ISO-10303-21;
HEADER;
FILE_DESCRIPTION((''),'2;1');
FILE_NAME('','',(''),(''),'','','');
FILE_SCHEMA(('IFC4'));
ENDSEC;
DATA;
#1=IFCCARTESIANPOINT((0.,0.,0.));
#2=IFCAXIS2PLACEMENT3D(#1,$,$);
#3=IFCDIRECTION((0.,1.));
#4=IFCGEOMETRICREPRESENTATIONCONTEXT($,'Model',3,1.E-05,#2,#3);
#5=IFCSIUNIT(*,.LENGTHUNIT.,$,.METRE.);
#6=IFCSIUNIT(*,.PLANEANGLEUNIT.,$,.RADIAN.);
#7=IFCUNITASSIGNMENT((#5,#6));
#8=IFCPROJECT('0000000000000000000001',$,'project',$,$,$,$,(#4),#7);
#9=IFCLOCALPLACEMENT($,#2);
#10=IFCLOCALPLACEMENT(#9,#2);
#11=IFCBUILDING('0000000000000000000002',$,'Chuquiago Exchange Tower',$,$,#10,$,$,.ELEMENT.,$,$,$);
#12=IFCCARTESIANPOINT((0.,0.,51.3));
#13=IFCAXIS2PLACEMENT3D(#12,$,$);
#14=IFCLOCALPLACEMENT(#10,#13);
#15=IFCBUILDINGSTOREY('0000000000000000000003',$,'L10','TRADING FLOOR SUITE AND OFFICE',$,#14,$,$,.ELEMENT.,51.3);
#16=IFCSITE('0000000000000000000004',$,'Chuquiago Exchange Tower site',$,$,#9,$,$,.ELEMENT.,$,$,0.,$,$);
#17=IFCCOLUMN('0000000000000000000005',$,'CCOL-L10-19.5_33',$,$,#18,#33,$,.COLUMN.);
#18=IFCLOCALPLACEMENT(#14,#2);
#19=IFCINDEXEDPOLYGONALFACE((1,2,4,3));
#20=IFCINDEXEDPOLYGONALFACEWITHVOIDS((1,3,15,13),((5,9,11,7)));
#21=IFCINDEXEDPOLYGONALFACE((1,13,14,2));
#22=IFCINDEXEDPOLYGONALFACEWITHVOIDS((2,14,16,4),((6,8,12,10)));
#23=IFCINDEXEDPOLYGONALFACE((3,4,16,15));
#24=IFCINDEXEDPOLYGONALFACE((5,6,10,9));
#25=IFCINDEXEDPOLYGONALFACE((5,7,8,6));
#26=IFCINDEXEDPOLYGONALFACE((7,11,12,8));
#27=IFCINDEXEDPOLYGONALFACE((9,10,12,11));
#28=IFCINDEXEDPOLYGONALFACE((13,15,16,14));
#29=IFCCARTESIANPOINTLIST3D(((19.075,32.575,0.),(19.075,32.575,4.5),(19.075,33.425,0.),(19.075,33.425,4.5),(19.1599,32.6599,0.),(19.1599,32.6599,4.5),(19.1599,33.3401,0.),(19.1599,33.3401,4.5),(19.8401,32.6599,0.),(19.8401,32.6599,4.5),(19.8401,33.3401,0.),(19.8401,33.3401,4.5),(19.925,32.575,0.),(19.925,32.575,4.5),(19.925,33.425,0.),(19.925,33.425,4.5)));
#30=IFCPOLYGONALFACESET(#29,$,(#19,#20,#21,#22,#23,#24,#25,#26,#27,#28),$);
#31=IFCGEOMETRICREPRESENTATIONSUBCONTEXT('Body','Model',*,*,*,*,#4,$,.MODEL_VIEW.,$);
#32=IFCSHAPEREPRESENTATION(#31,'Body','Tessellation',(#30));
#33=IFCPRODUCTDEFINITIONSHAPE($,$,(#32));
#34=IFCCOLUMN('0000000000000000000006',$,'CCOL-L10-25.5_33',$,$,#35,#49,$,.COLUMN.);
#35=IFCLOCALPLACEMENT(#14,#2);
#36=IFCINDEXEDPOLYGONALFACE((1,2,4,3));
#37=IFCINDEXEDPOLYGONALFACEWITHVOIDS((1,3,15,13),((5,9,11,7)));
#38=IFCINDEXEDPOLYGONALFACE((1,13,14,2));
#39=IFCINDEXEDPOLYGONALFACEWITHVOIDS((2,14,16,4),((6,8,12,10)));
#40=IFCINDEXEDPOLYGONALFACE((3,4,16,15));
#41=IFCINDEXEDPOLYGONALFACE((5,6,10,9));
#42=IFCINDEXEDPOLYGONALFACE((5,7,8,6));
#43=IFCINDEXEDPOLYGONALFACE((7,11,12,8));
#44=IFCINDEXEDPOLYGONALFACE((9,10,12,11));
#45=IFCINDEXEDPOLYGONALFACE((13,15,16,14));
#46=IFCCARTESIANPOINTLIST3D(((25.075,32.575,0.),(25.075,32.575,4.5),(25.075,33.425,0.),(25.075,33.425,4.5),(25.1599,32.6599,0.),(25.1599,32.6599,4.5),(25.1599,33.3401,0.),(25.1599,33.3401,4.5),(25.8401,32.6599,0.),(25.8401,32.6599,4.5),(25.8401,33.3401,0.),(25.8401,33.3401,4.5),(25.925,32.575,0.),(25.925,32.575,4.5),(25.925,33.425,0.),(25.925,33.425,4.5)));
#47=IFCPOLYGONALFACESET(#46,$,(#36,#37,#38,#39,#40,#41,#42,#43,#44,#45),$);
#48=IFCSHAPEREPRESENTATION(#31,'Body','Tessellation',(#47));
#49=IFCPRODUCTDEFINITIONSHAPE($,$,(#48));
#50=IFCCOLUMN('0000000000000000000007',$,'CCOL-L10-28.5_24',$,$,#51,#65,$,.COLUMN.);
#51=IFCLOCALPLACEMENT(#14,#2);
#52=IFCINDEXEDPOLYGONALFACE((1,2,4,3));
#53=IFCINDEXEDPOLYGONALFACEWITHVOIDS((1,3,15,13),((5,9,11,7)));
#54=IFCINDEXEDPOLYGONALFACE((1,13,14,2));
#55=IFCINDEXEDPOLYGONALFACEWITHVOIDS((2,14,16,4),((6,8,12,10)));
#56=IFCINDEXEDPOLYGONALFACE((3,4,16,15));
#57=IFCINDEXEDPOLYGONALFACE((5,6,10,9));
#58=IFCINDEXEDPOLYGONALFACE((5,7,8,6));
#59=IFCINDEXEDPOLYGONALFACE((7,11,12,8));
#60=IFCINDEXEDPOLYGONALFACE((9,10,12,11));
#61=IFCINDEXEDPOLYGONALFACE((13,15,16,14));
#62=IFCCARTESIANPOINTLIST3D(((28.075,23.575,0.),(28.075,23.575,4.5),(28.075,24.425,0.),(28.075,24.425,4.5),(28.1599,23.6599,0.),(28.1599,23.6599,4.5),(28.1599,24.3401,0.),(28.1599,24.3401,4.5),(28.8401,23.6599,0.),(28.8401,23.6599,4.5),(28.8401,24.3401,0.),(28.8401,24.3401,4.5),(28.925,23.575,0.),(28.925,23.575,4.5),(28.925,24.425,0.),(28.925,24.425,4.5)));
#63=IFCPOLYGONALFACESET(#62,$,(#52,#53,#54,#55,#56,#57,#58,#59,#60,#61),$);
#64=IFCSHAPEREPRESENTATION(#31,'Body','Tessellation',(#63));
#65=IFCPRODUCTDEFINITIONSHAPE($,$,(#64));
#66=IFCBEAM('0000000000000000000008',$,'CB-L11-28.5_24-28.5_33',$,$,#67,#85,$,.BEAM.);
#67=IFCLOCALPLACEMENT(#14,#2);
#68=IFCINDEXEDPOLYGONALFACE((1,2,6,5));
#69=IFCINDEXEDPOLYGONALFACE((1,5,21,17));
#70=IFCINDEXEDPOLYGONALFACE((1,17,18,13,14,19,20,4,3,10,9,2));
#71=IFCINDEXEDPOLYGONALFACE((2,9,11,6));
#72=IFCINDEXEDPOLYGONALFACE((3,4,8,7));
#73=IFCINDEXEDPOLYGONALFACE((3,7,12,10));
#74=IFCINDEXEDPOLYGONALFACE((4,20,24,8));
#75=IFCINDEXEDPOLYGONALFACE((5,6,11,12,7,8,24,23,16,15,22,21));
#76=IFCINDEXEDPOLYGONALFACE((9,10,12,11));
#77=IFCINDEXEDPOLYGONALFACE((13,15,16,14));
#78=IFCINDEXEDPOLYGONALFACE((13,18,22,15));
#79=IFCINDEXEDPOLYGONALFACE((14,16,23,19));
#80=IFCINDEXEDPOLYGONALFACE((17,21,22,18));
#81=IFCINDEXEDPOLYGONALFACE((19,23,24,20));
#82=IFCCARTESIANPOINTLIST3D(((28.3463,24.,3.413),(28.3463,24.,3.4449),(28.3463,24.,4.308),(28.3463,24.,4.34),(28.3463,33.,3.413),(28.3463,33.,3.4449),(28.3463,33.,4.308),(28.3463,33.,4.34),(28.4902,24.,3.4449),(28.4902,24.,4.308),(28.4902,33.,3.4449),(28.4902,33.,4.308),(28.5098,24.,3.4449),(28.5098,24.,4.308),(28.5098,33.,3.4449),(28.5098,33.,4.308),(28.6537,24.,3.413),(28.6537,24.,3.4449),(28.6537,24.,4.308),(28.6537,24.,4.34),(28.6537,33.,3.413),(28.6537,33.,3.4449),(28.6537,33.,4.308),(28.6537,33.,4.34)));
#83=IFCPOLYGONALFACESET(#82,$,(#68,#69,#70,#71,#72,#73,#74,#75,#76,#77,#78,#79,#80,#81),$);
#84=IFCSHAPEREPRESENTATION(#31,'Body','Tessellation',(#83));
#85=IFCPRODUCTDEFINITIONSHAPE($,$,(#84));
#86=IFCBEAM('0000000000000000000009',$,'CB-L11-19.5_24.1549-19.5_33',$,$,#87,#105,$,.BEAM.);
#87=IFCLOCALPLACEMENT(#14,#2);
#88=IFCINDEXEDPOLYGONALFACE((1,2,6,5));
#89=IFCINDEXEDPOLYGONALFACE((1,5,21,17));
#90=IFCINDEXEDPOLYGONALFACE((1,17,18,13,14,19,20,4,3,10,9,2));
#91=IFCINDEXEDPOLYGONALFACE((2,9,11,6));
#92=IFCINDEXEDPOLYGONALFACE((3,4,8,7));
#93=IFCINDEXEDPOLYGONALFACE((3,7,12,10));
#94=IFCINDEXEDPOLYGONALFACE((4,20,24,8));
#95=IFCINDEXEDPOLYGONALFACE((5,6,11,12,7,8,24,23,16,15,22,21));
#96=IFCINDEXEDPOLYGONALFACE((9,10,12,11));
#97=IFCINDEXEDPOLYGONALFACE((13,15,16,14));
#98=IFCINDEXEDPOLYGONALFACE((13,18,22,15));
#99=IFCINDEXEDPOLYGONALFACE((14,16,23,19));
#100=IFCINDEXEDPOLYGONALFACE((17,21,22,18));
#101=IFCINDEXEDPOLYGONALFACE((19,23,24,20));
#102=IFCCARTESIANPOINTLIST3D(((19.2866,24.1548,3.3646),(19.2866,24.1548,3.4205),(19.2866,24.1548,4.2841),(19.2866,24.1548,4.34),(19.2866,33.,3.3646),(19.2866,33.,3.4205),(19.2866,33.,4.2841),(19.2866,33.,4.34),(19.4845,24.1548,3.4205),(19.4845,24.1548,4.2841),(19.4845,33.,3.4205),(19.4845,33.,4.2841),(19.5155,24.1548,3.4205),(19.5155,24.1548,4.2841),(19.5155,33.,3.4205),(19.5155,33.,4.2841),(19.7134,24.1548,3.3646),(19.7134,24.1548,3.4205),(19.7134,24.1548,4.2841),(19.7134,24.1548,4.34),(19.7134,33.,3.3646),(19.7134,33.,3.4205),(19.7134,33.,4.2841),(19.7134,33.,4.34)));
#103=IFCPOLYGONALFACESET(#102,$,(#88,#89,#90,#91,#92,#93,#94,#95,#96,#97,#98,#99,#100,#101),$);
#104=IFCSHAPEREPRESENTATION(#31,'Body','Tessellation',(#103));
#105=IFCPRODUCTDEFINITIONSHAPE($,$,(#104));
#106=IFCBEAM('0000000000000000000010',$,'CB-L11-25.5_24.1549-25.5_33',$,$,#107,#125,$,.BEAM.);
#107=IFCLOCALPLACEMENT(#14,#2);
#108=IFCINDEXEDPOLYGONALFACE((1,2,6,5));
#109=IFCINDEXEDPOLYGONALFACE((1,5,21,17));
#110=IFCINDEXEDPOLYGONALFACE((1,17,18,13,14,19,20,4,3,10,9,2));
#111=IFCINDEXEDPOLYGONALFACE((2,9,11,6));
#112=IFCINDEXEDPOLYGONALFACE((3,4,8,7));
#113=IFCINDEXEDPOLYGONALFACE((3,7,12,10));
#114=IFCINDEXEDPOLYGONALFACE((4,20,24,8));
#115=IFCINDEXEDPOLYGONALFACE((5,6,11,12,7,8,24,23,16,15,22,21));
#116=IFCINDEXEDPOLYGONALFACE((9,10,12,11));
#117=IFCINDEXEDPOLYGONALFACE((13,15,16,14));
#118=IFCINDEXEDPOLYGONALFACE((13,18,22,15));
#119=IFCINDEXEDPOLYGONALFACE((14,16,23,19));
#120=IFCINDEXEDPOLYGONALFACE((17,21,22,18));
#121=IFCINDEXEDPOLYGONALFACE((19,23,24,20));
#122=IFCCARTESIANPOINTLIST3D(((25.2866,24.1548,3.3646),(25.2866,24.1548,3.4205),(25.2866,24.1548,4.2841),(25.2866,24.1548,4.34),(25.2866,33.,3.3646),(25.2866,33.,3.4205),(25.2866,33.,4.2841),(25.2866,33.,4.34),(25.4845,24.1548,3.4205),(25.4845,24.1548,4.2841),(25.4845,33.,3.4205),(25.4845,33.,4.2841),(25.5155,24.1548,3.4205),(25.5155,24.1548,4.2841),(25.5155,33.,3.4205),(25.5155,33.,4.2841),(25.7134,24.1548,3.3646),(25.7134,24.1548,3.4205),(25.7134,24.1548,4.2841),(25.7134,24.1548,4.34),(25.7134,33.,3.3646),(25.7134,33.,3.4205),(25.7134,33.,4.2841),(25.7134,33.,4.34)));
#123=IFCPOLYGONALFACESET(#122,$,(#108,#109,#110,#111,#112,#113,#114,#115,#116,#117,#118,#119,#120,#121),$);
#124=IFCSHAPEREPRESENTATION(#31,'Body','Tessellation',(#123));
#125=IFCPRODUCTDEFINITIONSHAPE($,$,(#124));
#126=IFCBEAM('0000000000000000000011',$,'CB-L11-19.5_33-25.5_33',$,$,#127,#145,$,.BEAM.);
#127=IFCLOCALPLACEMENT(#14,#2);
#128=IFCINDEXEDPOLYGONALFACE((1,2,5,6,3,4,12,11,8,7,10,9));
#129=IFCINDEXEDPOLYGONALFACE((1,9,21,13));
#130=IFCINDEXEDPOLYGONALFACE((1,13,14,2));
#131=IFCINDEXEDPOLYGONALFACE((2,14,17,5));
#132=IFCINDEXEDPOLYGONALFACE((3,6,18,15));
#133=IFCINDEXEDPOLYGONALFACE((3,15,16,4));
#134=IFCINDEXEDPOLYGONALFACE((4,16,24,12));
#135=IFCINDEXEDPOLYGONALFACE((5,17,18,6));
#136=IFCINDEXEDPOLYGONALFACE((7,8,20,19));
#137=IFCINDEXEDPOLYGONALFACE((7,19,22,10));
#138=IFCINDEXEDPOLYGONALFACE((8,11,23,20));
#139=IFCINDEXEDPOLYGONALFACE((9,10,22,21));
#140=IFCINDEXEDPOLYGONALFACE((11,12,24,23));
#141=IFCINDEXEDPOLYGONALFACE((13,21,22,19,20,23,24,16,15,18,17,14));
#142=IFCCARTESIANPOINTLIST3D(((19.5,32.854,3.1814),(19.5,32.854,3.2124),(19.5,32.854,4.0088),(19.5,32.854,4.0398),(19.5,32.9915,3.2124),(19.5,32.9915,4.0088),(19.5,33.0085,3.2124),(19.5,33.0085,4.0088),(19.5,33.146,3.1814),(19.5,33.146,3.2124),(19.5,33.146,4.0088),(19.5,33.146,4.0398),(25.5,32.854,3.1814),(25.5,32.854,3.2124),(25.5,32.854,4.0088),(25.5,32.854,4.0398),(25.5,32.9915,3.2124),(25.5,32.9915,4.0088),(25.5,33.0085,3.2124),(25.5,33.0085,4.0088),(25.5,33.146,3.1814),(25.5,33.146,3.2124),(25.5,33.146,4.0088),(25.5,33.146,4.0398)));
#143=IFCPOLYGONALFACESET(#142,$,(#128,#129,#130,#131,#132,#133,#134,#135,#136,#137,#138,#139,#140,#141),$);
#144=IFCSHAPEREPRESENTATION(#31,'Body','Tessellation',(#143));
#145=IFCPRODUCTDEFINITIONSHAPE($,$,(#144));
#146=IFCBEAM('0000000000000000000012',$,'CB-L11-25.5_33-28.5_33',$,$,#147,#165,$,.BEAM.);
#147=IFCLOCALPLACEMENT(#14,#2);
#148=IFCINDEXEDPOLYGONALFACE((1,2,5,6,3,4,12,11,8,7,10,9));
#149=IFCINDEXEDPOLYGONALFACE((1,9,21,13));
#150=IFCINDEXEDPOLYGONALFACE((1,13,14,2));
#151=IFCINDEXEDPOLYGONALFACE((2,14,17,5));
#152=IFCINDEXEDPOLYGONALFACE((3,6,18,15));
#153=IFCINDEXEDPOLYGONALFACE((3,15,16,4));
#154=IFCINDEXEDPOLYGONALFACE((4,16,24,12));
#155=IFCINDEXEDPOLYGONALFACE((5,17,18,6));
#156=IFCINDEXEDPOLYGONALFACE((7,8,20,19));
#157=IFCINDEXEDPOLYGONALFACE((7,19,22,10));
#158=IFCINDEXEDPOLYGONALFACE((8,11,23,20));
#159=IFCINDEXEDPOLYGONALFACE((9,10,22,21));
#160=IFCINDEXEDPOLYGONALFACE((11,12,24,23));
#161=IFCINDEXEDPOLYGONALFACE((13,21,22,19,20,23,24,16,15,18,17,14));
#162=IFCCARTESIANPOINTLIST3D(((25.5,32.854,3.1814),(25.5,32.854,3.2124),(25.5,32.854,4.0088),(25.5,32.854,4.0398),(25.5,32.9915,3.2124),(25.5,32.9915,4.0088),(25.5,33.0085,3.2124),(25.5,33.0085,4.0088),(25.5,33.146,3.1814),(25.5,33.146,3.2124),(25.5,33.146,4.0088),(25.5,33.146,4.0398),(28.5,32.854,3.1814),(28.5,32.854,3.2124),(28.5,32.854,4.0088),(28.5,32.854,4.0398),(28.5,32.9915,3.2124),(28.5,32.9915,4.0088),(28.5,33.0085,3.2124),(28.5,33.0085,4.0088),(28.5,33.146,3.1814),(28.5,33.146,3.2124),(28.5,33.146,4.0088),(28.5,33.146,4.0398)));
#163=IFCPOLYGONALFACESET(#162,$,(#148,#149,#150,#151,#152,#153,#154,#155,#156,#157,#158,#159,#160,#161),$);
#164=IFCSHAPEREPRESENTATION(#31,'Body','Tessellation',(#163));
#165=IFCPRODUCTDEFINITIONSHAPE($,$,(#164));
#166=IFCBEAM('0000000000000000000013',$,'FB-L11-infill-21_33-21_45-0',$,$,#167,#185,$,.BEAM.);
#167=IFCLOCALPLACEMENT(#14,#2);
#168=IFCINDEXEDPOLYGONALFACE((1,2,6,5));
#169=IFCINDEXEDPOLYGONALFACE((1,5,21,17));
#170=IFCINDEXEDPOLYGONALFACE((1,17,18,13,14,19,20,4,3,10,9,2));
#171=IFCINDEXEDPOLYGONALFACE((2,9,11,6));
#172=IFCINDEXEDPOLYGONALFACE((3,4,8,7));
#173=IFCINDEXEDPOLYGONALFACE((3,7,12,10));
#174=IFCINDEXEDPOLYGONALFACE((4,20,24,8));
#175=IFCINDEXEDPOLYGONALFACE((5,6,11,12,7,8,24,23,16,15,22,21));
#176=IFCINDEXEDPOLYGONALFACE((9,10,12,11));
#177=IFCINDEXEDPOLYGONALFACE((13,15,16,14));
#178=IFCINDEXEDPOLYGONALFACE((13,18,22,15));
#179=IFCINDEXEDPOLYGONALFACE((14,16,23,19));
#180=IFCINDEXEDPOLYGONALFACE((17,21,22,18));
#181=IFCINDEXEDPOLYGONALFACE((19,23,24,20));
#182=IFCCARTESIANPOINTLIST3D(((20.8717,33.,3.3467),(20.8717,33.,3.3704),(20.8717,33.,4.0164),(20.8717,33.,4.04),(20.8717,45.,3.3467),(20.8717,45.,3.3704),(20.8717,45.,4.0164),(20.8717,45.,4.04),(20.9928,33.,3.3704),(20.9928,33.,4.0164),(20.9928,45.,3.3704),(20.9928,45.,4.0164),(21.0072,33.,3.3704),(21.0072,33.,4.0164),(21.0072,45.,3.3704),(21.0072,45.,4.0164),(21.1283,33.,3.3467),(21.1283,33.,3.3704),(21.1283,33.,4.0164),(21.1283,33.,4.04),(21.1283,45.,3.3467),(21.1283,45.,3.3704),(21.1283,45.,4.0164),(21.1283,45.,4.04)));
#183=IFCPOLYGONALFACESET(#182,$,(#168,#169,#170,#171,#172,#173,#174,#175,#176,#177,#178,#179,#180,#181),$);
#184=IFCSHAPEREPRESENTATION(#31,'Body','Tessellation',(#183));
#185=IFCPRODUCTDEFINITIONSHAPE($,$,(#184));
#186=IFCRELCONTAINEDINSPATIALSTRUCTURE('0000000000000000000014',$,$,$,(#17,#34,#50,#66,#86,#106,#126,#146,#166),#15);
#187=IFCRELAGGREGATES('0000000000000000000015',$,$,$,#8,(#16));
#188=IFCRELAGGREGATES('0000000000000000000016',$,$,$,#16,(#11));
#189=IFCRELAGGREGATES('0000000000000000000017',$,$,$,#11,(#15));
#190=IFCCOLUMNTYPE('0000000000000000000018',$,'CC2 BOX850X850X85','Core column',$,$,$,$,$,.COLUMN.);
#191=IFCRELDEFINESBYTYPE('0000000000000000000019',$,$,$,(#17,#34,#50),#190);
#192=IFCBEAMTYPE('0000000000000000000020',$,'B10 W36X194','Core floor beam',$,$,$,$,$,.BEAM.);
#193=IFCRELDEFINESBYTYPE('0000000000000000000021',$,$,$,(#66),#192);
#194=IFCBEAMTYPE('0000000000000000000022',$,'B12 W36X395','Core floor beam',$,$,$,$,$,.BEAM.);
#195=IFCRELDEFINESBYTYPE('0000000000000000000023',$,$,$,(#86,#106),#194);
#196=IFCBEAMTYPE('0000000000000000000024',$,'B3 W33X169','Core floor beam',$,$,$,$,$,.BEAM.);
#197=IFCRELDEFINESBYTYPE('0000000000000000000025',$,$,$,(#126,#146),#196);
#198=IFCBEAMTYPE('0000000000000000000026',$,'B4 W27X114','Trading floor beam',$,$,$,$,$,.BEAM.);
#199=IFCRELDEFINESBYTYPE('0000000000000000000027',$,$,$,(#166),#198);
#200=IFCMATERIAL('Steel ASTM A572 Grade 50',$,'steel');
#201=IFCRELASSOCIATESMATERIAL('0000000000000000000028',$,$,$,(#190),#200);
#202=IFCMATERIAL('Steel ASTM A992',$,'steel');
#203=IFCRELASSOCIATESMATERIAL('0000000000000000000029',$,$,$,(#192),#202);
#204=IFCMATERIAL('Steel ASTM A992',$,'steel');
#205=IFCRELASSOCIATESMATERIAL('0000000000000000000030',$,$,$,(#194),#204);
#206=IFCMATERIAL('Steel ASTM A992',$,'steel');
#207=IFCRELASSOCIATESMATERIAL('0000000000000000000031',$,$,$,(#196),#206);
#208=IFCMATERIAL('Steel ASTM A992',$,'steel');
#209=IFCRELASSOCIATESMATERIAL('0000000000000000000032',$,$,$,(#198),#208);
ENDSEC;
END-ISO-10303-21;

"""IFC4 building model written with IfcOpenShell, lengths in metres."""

from ifc_helpers import new_model, si_unit, direction, frame, origin, origin_2d, place, context, subcontext, project, spatial, hollow_rectangle, i_section, extrude, material, material_profile, profile_set, type_object, element, save


model = new_model("IFC4")

# Units and contexts
model_context = context("Model", 3, precision=1e-05, world=origin(), true_north=direction((0.0, 1.0)))
body_context = subcontext(model_context, "Body", "Model", "MODEL_VIEW")
ifc_project = project(units=[si_unit("LENGTHUNIT", "METRE"), si_unit("PLANEANGLEUNIT", "RADIAN")], contexts=[model_context])

# Site, building, storey
site_placement = place(None, origin())
site = spatial("IfcSite", under=ifc_project, at=site_placement, Name="Chuquiago Exchange Tower site", CompositionType="ELEMENT", RefElevation=0.0)
building_placement = place(site_placement, origin())
building = spatial("IfcBuilding", under=site, at=building_placement, Name="Chuquiago Exchange Tower", CompositionType="ELEMENT")
storey_placement = place(building_placement, frame((0.0, 0.0, 51.3)))
storey = spatial("IfcBuildingStorey", under=building, at=storey_placement, Name="L10", Description="TRADING FLOOR SUITE AND OFFICE", CompositionType="ELEMENT", Elevation=51.3)

# Columns
ifc_material_1 = material(Name="Steel ASTM A572 Grade 50", Category="steel")
ifc_material_profile_1 = material_profile(ifc_material_1, hollow_rectangle(XDim=0.8501, YDim=0.8501, WallThickness=0.085, at=origin_2d()), Name="BOX850X850X85")
ifc_profile_set_1 = profile_set([ifc_material_profile_1], Name="Steel ASTM A572 Grade 50")
column_type = type_object("IfcColumnType", Name="CC2 BOX850X850X85", Description="Core column", PredefinedType="COLUMN", material=ifc_profile_set_1)
for number, where, z_axis, x_axis, name in (
    (1, (19.5, 33.0, 0.0), (0.0, 0.0, 1.0), (1.0, 0.0, 0.0), "CCOL-L10-19.5_33"),
    (2, (25.5, 33.0, 0.0), (0.0, 0.0, 1.0), (1.0, 0.0, 0.0), "CCOL-L10-25.5_33"),
    (3, (28.5, 24.0, 0.0), (0.0, 0.0, 1.0), (1.0, 0.0, 0.0), "CCOL-L10-28.5_24"),
):
    element("IfcColumn", number, at=place(storey_placement, frame(where, z_axis=z_axis, x_axis=x_axis)), inside=storey, type_object=column_type, Name=name, PredefinedType="COLUMN", context=body_context, shape_type="SweptSolid", body=[
        extrude(hollow_rectangle(XDim=0.8501, YDim=0.8501, WallThickness=0.085, at=origin_2d()), origin(), (0.0, 0.0, 1.0), 4.5),
    ])

# Beams
ifc_material_2 = material(Name="Steel ASTM A992", Category="steel")
ifc_material_profile_2 = material_profile(ifc_material_2, i_section(OverallWidth=0.3074, OverallDepth=0.927, WebThickness=0.0195, FlangeThickness=0.032, at=origin_2d()), Name="W36X194")
ifc_profile_set_2 = profile_set([ifc_material_profile_2], Name="Steel ASTM A992")
beam_type_1 = type_object("IfcBeamType", Name="B10 W36X194", Description="Core floor beam", PredefinedType="BEAM", material=ifc_profile_set_2)
beam_1_placement = place(storey_placement, frame((28.5, 24.0, 3.8765), z_axis=(0.0, 1.0, 0.0), x_axis=(-1.0, 0.0, 0.0)))
element("IfcBeam", 4, at=beam_1_placement, inside=storey, type_object=beam_type_1, Name="CB-L11-28.5_24-28.5_33", PredefinedType="BEAM", context=body_context, shape_type="SweptSolid", body=[
    extrude(i_section(OverallWidth=0.3074, OverallDepth=0.927, WebThickness=0.0195, FlangeThickness=0.032, at=origin_2d()), origin(), (0.0, 0.0, 1.0), 9.0),
])
ifc_material_3 = material(Name="Steel ASTM A992", Category="steel")
ifc_material_profile_3 = material_profile(ifc_material_3, i_section(OverallWidth=0.4268, OverallDepth=0.9753, WebThickness=0.031, FlangeThickness=0.0559, at=origin_2d()), Name="W36X395")
ifc_profile_set_3 = profile_set([ifc_material_profile_3], Name="Steel ASTM A992")
beam_type_2 = type_object("IfcBeamType", Name="B12 W36X395", Description="Core floor beam", PredefinedType="BEAM", material=ifc_profile_set_3)
for number, where, z_axis, x_axis, name in (
    (5, (19.5, 24.1548, 3.8523), (0.0, 1.0, 0.0), (-1.0, 0.0, 0.0), "CB-L11-19.5_24.1549-19.5_33"),
    (6, (25.5, 24.1548, 3.8523), (0.0, 1.0, 0.0), (-1.0, 0.0, 0.0), "CB-L11-25.5_24.1549-25.5_33"),
):
    element("IfcBeam", number, at=place(storey_placement, frame(where, z_axis=z_axis, x_axis=x_axis)), inside=storey, type_object=beam_type_2, Name=name, PredefinedType="BEAM", context=body_context, shape_type="SweptSolid", body=[
        extrude(i_section(OverallWidth=0.4268, OverallDepth=0.9753, WebThickness=0.031, FlangeThickness=0.0559, at=origin_2d()), origin(), (0.0, 0.0, 1.0), 8.8452),
    ])
ifc_material_4 = material(Name="Steel ASTM A992", Category="steel")
ifc_material_profile_4 = material_profile(ifc_material_4, i_section(OverallWidth=0.292, OverallDepth=0.8584, WebThickness=0.0171, FlangeThickness=0.031, at=origin_2d()), Name="W33X169")
ifc_profile_set_4 = profile_set([ifc_material_profile_4], Name="Steel ASTM A992")
beam_type_3 = type_object("IfcBeamType", Name="B3 W33X169", Description="Core floor beam", PredefinedType="BEAM", material=ifc_profile_set_4)
beam_2_placement = place(storey_placement, frame((19.5, 33.0, 3.6106), z_axis=(1.0, 0.0, 0.0), x_axis=(0.0, 1.0, 0.0)))
element("IfcBeam", 7, at=beam_2_placement, inside=storey, type_object=beam_type_3, Name="CB-L11-19.5_33-25.5_33", PredefinedType="BEAM", context=body_context, shape_type="SweptSolid", body=[
    extrude(i_section(OverallWidth=0.292, OverallDepth=0.8584, WebThickness=0.0171, FlangeThickness=0.031, at=origin_2d()), origin(), (0.0, 0.0, 1.0), 6.0),
])
beam_3_placement = place(storey_placement, frame((25.5, 33.0, 3.6106), z_axis=(1.0, 0.0, 0.0), x_axis=(0.0, 1.0, 0.0)))
element("IfcBeam", 8, at=beam_3_placement, inside=storey, type_object=beam_type_3, Name="CB-L11-25.5_33-28.5_33", PredefinedType="BEAM", context=body_context, shape_type="SweptSolid", body=[
    extrude(i_section(OverallWidth=0.292, OverallDepth=0.8584, WebThickness=0.0171, FlangeThickness=0.031, at=origin_2d()), origin(), (0.0, 0.0, 1.0), 3.0),
])
ifc_material_5 = material(Name="Steel ASTM A992", Category="steel")
ifc_material_profile_5 = material_profile(ifc_material_5, i_section(OverallWidth=0.2566, OverallDepth=0.6934, WebThickness=0.0144, FlangeThickness=0.0237, at=origin_2d()), Name="W27X114")
ifc_profile_set_5 = profile_set([ifc_material_profile_5], Name="Steel ASTM A992")
beam_type_4 = type_object("IfcBeamType", Name="B4 W27X114", Description="Trading floor beam", PredefinedType="BEAM", material=ifc_profile_set_5)
for number, where, z_axis, x_axis, name in (
    (9, (21.0, 33.0, 3.6934), (0.0, 1.0, 0.0), (-1.0, 0.0, 0.0), "FB-L11-infill-21_33-21_45-0"),
):
    element("IfcBeam", number, at=place(storey_placement, frame(where, z_axis=z_axis, x_axis=x_axis)), inside=storey, type_object=beam_type_4, Name=name, PredefinedType="BEAM", context=body_context, shape_type="SweptSolid", body=[
        extrude(i_section(OverallWidth=0.2566, OverallDepth=0.6934, WebThickness=0.0144, FlangeThickness=0.0237, at=origin_2d()), origin(), (0.0, 0.0, 1.0), 12.0),
    ])

save(model, "model.ifc")
